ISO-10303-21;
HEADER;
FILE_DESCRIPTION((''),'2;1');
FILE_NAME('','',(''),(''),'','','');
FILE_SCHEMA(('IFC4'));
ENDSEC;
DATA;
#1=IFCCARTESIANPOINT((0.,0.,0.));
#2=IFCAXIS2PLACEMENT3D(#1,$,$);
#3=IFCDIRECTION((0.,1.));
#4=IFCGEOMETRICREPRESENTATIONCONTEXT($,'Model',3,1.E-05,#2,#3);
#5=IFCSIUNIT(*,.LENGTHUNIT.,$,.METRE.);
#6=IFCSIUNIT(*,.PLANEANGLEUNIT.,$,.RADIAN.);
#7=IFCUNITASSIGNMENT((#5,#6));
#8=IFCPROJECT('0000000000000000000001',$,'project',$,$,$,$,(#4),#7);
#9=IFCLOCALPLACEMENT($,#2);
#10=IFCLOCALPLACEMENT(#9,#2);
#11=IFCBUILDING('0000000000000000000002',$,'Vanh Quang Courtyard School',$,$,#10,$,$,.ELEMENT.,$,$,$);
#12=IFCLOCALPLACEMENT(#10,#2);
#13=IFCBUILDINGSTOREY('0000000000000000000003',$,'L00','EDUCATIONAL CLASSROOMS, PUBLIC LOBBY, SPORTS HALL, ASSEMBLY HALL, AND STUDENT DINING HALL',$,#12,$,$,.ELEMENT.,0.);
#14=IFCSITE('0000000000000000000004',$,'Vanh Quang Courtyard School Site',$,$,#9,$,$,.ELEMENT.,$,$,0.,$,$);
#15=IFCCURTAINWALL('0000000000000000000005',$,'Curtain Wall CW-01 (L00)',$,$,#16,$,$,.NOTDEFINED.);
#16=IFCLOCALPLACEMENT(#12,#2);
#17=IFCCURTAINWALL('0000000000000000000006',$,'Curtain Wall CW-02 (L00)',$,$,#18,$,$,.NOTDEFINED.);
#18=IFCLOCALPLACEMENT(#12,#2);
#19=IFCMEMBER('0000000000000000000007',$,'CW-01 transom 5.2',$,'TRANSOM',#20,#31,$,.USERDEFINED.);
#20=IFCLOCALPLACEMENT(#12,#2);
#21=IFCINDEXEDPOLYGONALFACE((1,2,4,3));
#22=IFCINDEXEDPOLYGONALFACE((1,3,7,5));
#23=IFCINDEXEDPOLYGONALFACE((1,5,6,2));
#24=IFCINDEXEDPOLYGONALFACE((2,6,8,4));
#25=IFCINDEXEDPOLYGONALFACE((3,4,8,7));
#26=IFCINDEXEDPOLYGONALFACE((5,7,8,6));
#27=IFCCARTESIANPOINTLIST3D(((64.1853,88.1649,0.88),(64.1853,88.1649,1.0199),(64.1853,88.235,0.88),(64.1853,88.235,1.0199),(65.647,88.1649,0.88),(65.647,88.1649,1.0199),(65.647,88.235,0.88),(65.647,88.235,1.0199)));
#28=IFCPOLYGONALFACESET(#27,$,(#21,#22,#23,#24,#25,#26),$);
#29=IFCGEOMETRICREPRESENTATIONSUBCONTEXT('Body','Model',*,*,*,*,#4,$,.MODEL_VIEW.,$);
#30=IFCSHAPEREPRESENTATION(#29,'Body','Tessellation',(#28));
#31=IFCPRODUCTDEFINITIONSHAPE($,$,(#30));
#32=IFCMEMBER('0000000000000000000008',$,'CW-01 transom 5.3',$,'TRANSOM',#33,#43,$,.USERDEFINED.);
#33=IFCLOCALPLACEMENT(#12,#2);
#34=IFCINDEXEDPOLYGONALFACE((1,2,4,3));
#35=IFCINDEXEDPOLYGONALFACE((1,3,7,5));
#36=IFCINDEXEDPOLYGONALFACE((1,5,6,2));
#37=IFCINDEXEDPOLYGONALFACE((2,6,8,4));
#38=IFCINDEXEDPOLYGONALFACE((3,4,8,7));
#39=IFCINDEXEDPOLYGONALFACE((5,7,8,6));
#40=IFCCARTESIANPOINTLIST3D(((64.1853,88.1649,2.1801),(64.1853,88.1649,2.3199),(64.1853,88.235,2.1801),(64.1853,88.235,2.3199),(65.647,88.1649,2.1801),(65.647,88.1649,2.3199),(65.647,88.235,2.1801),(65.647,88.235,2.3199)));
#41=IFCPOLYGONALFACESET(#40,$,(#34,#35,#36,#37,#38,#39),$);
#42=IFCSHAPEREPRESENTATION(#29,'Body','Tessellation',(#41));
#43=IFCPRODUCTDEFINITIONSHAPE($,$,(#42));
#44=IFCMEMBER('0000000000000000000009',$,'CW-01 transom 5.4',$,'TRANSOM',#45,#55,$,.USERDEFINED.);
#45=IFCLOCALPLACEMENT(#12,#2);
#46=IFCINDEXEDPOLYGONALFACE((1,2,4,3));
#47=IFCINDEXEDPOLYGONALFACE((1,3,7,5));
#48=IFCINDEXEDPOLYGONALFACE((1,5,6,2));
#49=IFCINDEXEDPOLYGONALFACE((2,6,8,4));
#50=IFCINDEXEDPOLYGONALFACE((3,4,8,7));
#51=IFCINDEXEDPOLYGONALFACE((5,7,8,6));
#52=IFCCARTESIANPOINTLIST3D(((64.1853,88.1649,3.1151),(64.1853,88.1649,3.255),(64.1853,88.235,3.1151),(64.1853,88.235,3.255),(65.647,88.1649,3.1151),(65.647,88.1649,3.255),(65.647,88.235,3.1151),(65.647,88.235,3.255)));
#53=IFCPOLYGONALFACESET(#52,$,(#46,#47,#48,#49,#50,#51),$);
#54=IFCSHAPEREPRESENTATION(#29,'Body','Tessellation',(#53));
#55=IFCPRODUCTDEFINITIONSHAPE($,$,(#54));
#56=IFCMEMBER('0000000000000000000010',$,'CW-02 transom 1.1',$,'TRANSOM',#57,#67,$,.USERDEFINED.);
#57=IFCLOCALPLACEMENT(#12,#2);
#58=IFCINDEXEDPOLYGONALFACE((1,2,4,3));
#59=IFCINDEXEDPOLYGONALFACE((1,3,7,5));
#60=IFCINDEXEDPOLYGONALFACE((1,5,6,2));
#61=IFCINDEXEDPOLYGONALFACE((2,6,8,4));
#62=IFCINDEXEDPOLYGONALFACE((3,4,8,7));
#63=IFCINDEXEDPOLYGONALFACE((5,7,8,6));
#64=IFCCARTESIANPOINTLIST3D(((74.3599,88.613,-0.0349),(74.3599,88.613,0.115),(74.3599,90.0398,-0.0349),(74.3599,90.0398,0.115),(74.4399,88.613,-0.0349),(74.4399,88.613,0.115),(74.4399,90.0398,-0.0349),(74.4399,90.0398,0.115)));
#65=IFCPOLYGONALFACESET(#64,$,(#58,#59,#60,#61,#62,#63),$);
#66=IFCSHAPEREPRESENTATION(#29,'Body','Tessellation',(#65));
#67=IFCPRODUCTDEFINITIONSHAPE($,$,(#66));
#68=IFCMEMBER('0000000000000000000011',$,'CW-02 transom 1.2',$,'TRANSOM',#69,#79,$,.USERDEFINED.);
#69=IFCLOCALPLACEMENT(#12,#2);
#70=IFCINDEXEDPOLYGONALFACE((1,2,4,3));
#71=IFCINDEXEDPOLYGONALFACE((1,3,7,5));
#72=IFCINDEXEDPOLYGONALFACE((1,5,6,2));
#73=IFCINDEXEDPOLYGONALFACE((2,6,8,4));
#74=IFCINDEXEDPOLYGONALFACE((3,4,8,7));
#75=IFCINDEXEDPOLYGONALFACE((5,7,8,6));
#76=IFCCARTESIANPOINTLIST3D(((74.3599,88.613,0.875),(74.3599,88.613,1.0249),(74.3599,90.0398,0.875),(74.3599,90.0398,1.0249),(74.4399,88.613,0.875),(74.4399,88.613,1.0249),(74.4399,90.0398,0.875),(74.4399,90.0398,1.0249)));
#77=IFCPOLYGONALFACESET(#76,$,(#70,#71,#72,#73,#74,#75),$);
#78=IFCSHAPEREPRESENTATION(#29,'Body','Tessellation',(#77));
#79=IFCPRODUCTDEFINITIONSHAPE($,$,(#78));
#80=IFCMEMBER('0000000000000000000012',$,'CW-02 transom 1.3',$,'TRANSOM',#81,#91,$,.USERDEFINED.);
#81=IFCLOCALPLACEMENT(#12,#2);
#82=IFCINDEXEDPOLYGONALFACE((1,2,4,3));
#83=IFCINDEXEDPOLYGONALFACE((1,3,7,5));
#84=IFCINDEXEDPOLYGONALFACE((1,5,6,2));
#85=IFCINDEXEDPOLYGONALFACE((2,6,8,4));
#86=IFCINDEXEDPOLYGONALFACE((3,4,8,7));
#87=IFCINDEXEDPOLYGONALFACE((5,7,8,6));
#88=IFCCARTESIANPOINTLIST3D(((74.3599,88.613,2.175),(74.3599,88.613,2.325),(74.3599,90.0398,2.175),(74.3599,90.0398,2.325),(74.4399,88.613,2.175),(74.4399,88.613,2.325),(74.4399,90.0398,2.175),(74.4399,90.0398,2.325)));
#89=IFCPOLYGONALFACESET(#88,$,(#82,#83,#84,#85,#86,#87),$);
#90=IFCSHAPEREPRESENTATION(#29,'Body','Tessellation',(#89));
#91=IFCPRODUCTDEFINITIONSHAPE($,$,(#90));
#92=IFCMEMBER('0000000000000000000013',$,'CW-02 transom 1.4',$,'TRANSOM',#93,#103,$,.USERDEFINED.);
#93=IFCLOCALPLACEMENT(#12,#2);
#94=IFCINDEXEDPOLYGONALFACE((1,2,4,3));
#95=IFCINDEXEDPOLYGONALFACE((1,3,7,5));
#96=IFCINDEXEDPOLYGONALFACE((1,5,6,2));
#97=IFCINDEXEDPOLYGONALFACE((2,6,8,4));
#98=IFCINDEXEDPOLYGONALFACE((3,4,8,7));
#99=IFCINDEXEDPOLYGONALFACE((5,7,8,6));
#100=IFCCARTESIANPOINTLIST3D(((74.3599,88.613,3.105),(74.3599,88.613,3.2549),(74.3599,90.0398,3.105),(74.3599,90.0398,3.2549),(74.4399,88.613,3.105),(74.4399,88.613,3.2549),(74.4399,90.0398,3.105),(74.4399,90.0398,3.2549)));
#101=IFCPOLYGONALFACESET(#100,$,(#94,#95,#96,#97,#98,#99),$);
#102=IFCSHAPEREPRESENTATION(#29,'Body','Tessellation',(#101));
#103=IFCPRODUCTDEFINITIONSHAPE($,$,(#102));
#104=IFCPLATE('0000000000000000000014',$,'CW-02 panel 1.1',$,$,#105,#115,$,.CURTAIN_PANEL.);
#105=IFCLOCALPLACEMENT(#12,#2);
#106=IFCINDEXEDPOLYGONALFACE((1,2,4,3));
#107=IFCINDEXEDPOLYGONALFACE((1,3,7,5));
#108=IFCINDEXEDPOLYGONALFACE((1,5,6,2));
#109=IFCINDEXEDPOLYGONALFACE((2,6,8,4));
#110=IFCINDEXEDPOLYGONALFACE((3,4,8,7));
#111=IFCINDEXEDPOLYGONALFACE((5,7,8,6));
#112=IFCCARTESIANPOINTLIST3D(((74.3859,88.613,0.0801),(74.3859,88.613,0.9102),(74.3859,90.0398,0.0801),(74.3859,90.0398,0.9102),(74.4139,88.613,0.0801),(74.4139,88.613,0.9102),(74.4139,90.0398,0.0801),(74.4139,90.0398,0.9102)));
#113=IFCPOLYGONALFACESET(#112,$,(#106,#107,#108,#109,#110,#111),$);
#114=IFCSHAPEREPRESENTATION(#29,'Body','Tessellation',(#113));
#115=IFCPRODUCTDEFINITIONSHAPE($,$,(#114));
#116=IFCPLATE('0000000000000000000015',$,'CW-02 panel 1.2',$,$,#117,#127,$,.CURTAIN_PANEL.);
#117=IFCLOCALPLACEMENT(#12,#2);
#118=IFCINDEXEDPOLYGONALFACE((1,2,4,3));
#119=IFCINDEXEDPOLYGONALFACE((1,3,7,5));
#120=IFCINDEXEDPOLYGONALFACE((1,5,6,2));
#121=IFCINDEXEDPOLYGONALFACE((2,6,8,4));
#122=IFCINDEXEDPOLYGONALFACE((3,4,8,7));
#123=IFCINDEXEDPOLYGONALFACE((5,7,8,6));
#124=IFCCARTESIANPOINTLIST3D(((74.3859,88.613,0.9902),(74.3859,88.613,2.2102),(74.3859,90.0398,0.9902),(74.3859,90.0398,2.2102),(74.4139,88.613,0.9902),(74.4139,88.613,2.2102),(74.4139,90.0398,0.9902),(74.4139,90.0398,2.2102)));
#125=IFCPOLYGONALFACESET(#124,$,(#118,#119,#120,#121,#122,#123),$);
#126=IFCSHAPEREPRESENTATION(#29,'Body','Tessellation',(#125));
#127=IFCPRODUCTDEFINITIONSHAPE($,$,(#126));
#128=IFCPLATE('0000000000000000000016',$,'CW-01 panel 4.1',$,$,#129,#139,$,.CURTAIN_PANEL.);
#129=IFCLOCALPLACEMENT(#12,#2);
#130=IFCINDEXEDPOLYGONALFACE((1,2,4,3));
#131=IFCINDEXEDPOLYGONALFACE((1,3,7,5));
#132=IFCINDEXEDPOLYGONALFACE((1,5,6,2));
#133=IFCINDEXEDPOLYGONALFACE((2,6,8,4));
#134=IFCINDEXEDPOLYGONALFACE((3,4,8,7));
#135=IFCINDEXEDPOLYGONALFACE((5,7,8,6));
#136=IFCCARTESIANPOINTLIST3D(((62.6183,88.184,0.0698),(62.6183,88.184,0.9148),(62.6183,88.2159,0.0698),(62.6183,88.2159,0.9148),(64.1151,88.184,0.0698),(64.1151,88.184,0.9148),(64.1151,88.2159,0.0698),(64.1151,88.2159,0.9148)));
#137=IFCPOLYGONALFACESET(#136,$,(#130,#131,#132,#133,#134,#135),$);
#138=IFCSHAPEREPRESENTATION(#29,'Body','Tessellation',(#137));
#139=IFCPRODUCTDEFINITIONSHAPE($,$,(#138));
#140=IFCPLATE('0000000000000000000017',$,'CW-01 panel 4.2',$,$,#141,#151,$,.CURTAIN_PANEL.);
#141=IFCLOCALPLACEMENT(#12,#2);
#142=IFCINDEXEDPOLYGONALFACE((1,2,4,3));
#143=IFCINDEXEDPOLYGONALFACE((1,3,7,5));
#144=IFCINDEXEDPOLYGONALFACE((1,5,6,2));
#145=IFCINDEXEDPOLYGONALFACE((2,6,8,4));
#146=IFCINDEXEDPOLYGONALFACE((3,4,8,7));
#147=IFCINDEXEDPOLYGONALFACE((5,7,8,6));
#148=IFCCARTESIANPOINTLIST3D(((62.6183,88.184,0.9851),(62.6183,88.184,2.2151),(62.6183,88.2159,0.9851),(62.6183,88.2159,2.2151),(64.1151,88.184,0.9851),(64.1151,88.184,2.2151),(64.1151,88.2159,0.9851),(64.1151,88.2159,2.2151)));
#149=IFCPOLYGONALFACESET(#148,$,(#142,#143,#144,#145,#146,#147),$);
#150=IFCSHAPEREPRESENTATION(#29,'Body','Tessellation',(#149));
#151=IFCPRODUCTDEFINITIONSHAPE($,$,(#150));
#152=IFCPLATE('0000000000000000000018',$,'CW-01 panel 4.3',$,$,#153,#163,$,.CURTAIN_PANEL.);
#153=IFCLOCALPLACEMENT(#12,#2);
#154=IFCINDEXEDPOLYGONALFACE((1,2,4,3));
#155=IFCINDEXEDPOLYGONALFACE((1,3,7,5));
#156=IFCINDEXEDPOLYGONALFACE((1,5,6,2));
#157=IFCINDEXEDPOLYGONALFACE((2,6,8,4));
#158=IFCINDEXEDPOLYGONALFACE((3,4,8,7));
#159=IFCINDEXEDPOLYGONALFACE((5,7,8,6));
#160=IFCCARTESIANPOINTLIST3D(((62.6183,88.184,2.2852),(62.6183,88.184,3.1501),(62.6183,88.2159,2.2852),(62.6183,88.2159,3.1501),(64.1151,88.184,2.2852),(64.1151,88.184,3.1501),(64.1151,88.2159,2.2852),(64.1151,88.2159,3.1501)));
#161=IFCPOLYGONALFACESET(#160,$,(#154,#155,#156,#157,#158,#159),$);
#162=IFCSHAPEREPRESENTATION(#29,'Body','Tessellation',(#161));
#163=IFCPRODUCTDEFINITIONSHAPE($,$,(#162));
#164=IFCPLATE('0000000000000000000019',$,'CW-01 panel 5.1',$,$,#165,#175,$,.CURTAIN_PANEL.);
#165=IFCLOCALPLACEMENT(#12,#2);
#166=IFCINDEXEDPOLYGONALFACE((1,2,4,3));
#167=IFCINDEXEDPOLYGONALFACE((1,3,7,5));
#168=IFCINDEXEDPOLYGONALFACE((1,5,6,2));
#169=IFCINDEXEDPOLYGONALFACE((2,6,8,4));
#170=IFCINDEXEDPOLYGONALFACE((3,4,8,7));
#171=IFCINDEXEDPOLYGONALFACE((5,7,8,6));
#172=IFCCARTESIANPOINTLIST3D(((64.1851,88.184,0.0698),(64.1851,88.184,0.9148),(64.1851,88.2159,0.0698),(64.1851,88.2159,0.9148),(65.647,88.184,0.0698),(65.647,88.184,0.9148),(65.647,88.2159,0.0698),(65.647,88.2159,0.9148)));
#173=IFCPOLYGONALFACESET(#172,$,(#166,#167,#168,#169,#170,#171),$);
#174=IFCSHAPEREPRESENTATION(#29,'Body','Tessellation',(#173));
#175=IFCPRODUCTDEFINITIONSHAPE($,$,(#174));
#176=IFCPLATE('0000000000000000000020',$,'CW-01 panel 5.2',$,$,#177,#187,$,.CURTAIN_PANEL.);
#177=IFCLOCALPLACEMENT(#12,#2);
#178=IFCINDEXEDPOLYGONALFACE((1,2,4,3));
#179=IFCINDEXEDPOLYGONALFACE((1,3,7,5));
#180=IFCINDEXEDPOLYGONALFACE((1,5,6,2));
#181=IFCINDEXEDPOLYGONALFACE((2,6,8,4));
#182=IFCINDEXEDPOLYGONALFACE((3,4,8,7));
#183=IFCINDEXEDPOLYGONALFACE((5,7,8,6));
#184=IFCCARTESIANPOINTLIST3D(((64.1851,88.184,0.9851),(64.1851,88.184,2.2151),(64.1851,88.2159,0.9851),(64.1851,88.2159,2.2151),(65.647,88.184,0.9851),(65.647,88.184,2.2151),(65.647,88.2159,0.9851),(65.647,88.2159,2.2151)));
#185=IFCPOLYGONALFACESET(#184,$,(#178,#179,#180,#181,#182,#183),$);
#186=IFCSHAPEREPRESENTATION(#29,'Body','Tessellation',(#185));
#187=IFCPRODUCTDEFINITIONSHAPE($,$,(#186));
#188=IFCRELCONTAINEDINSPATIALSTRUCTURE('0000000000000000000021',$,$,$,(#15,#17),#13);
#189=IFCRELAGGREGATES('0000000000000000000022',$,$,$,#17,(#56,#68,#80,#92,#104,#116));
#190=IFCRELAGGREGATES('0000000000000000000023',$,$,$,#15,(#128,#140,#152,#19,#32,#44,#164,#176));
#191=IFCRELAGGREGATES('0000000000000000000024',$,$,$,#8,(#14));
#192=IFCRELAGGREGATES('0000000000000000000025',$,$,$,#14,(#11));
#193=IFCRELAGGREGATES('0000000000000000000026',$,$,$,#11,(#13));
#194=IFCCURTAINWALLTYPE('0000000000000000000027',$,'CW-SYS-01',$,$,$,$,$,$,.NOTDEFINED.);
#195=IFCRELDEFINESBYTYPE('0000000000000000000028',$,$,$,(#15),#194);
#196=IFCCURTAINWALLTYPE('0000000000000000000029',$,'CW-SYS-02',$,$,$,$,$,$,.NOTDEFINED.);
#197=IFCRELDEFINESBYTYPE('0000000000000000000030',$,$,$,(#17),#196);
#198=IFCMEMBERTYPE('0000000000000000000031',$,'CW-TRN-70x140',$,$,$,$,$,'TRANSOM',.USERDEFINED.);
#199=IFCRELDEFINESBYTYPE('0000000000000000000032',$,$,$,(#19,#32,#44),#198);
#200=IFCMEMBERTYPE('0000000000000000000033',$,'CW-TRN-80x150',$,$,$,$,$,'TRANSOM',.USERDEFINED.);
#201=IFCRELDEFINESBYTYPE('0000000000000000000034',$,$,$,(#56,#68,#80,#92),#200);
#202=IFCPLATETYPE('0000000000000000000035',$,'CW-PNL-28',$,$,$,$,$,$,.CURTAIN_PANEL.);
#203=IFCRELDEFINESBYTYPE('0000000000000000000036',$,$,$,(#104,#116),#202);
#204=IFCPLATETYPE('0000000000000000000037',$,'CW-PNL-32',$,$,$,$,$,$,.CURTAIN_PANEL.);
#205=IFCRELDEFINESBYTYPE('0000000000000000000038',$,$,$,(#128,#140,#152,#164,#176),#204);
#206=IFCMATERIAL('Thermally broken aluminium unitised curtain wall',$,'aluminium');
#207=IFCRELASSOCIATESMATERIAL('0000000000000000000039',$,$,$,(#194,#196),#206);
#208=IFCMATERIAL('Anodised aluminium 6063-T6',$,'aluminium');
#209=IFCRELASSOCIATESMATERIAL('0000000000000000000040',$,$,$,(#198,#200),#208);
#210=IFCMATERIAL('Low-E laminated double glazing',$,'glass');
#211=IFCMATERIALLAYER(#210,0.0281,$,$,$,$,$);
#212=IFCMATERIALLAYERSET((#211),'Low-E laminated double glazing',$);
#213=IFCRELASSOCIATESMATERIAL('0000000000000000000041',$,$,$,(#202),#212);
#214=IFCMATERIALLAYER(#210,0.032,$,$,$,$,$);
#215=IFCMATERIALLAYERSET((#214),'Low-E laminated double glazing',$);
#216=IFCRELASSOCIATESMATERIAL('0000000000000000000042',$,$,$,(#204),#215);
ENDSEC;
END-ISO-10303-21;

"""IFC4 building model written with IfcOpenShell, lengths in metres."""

from ifc_helpers import new_model, si_unit, direction, frame, origin, origin_2d, place, context, subcontext, project, spatial, rectangle, extrude, material, layer, layer_set, material_profile, profile_set, type_object, element, aggregate, save


model = new_model("IFC4")

# Units and contexts
model_context = context("Model", 3, precision=1e-05, world=origin(), true_north=direction((0.0, 1.0)))
body_context = subcontext(model_context, "Body", "Model", "MODEL_VIEW")
ifc_project = project(units=[si_unit("LENGTHUNIT", "METRE"), si_unit("PLANEANGLEUNIT", "RADIAN")], contexts=[model_context])

# Site, building, storey
site_placement = place(None, origin())
site = spatial("IfcSite", under=ifc_project, at=site_placement, Name="Vanh Quang Courtyard School Site", CompositionType="ELEMENT", RefElevation=0.0)
building_placement = place(site_placement, origin())
building = spatial("IfcBuilding", under=site, at=building_placement, Name="Vanh Quang Courtyard School", CompositionType="ELEMENT")
storey_placement = place(building_placement, origin())
storey = spatial("IfcBuildingStorey", under=building, at=storey_placement, Name="L00", Description="EDUCATIONAL CLASSROOMS, PUBLIC LOBBY, SPORTS HALL, ASSEMBLY HALL, AND STUDENT DINING HALL", CompositionType="ELEMENT", Elevation=0.0)

# Curtain wall
ifc_material_1 = material(Name="Thermally broken aluminium unitised curtain wall", Category="aluminium")
curtain_wall_type_1 = type_object("IfcCurtainWallType", Name="CW-SYS-01", PredefinedType="NOTDEFINED", material=ifc_material_1)
curtain_wall_1_placement = place(storey_placement, origin())
curtain_wall_1 = element("IfcCurtainWall", 1, at=curtain_wall_1_placement, inside=storey, type_object=curtain_wall_type_1, Name="Curtain Wall CW-01 (L00)", PredefinedType="NOTDEFINED")
ifc_material_2 = material(Name="Anodised aluminium 6063-T6", Category="aluminium")

# Curtain wall
curtain_wall_type_2 = type_object("IfcCurtainWallType", Name="CW-SYS-02", PredefinedType="NOTDEFINED", material=ifc_material_1)
curtain_wall_2_placement = place(storey_placement, origin())
curtain_wall_2 = element("IfcCurtainWall", 2, at=curtain_wall_2_placement, inside=storey, type_object=curtain_wall_type_2, Name="Curtain Wall CW-02 (L00)", PredefinedType="NOTDEFINED")

# Members
ifc_material_profile_1 = material_profile(ifc_material_2, rectangle(XDim=0.0701, YDim=0.1399, at=origin_2d()), Name="ALU-TRN 70x140")
ifc_profile_set_1 = profile_set([ifc_material_profile_1], Name="Anodised aluminium 6063-T6")
member_type_1 = type_object("IfcMemberType", Name="CW-TRN-70x140", ElementType="TRANSOM", PredefinedType="USERDEFINED", material=ifc_profile_set_1)
member_1_placement = place(storey_placement, frame((64.1853, 88.2, 0.95), z_axis=(1.0, 0.0, 0.0), x_axis=(0.0, 1.0, 0.0)))
member_1 = element("IfcMember", 3, at=member_1_placement, type_object=member_type_1, Name="CW-01 transom 5.2", ObjectType="TRANSOM", PredefinedType="USERDEFINED", context=body_context, shape_type="SweptSolid", body=[
    extrude(rectangle(XDim=0.0701, YDim=0.1399, at=origin_2d()), origin(), (0.0, 0.0, 1.0), 1.4617),
])
member_2_placement = place(storey_placement, frame((64.1853, 88.2, 2.25), z_axis=(1.0, 0.0, 0.0), x_axis=(0.0, 1.0, 0.0)))
member_2 = element("IfcMember", 4, at=member_2_placement, type_object=member_type_1, Name="CW-01 transom 5.3", ObjectType="TRANSOM", PredefinedType="USERDEFINED", context=body_context, shape_type="SweptSolid", body=[
    extrude(rectangle(XDim=0.0701, YDim=0.1399, at=origin_2d()), origin(), (0.0, 0.0, 1.0), 1.4617),
])
member_3_placement = place(storey_placement, frame((64.1853, 88.2, 3.1851), z_axis=(1.0, 0.0, 0.0), x_axis=(0.0, 1.0, 0.0)))
member_3 = element("IfcMember", 5, at=member_3_placement, type_object=member_type_1, Name="CW-01 transom 5.4", ObjectType="TRANSOM", PredefinedType="USERDEFINED", context=body_context, shape_type="SweptSolid", body=[
    extrude(rectangle(XDim=0.0701, YDim=0.1399, at=origin_2d()), origin(), (0.0, 0.0, 1.0), 1.4617),
])
ifc_material_profile_2 = material_profile(ifc_material_2, rectangle(XDim=0.0801, YDim=0.1499, at=origin_2d()), Name="ALU-TRN 80x150")
ifc_profile_set_2 = profile_set([ifc_material_profile_2], Name="Anodised aluminium 6063-T6")
member_type_2 = type_object("IfcMemberType", Name="CW-TRN-80x150", ElementType="TRANSOM", PredefinedType="USERDEFINED", material=ifc_profile_set_2)
member_4_placement = place(storey_placement, frame((74.3999, 88.613, 0.04), z_axis=(0.0, 1.0, 0.0), x_axis=(-1.0, 0.0, 0.0)))
member_4 = element("IfcMember", 6, at=member_4_placement, type_object=member_type_2, Name="CW-02 transom 1.1", ObjectType="TRANSOM", PredefinedType="USERDEFINED", context=body_context, shape_type="SweptSolid", body=[
    extrude(rectangle(XDim=0.0801, YDim=0.1499, at=origin_2d()), origin(), (0.0, 0.0, 1.0), 1.4268),
])
member_5_placement = place(storey_placement, frame((74.3999, 88.613, 0.95), z_axis=(0.0, 1.0, 0.0), x_axis=(-1.0, 0.0, 0.0)))
member_5 = element("IfcMember", 7, at=member_5_placement, type_object=member_type_2, Name="CW-02 transom 1.2", ObjectType="TRANSOM", PredefinedType="USERDEFINED", context=body_context, shape_type="SweptSolid", body=[
    extrude(rectangle(XDim=0.0801, YDim=0.1499, at=origin_2d()), origin(), (0.0, 0.0, 1.0), 1.4268),
])
member_6_placement = place(storey_placement, frame((74.3999, 88.613, 2.25), z_axis=(0.0, 1.0, 0.0), x_axis=(-1.0, 0.0, 0.0)))
member_6 = element("IfcMember", 8, at=member_6_placement, type_object=member_type_2, Name="CW-02 transom 1.3", ObjectType="TRANSOM", PredefinedType="USERDEFINED", context=body_context, shape_type="SweptSolid", body=[
    extrude(rectangle(XDim=0.0801, YDim=0.1499, at=origin_2d()), origin(), (0.0, 0.0, 1.0), 1.4268),
])
member_7_placement = place(storey_placement, frame((74.3999, 88.613, 3.1799), z_axis=(0.0, 1.0, 0.0), x_axis=(-1.0, 0.0, 0.0)))
member_7 = element("IfcMember", 9, at=member_7_placement, type_object=member_type_2, Name="CW-02 transom 1.4", ObjectType="TRANSOM", PredefinedType="USERDEFINED", context=body_context, shape_type="SweptSolid", body=[
    extrude(rectangle(XDim=0.0801, YDim=0.1499, at=origin_2d()), origin(), (0.0, 0.0, 1.0), 1.4268),
])

# Plates
ifc_material_3 = material(Name="Low-E laminated double glazing", Category="glass")
ifc_layer_1 = layer(ifc_material_3, 0.0281)
ifc_layer_set_1 = layer_set([ifc_layer_1], Name="Low-E laminated double glazing")
plate_type_1 = type_object("IfcPlateType", Name="CW-PNL-28", PredefinedType="CURTAIN_PANEL", material=ifc_layer_set_1)
plate_1_placement = place(storey_placement, frame((74.3999, 89.3264, 0.0801), z_axis=(0.0, 0.0, 1.0), x_axis=(0.0, 1.0, 0.0)))
plate_1 = element("IfcPlate", 10, at=plate_1_placement, type_object=plate_type_1, Name="CW-02 panel 1.1", PredefinedType="CURTAIN_PANEL", context=body_context, shape_type="SweptSolid", body=[
    extrude(rectangle(XDim=1.4268, YDim=0.0281, at=origin_2d()), origin(), (0.0, 0.0, 1.0), 0.8301),
])
plate_2_placement = place(storey_placement, frame((74.3999, 89.3264, 0.9902), z_axis=(0.0, 0.0, 1.0), x_axis=(0.0, 1.0, 0.0)))
plate_2 = element("IfcPlate", 11, at=plate_2_placement, type_object=plate_type_1, Name="CW-02 panel 1.2", PredefinedType="CURTAIN_PANEL", context=body_context, shape_type="SweptSolid", body=[
    extrude(rectangle(XDim=1.4268, YDim=0.0281, at=origin_2d()), origin(), (0.0, 0.0, 1.0), 1.22),
])
aggregate(curtain_wall_2, [member_4, member_5, member_6, member_7, plate_1, plate_2])
ifc_layer_2 = layer(ifc_material_3, 0.032)
ifc_layer_set_2 = layer_set([ifc_layer_2], Name="Low-E laminated double glazing")
plate_type_2 = type_object("IfcPlateType", Name="CW-PNL-32", PredefinedType="CURTAIN_PANEL", material=ifc_layer_set_2)
plate_3_placement = place(storey_placement, frame((63.3667, 88.2, 0.0698), z_axis=(0.0, 0.0, 1.0), x_axis=(1.0, 0.0, 0.0)))
plate_3 = element("IfcPlate", 12, at=plate_3_placement, type_object=plate_type_2, Name="CW-01 panel 4.1", PredefinedType="CURTAIN_PANEL", context=body_context, shape_type="SweptSolid", body=[
    extrude(rectangle(XDim=1.4968, YDim=0.032, at=origin_2d()), origin(), (0.0, 0.0, 1.0), 0.845),
])
plate_4_placement = place(storey_placement, frame((63.3667, 88.2, 0.9851), z_axis=(0.0, 0.0, 1.0), x_axis=(1.0, 0.0, 0.0)))
plate_4 = element("IfcPlate", 13, at=plate_4_placement, type_object=plate_type_2, Name="CW-01 panel 4.2", PredefinedType="CURTAIN_PANEL", context=body_context, shape_type="SweptSolid", body=[
    extrude(rectangle(XDim=1.4968, YDim=0.032, at=origin_2d()), origin(), (0.0, 0.0, 1.0), 1.23),
])
plate_5_placement = place(storey_placement, frame((63.3667, 88.2, 2.2852), z_axis=(0.0, 0.0, 1.0), x_axis=(1.0, 0.0, 0.0)))
plate_5 = element("IfcPlate", 14, at=plate_5_placement, type_object=plate_type_2, Name="CW-01 panel 4.3", PredefinedType="CURTAIN_PANEL", context=body_context, shape_type="SweptSolid", body=[
    extrude(rectangle(XDim=1.4968, YDim=0.032, at=origin_2d()), origin(), (0.0, 0.0, 1.0), 0.865),
])
plate_6_placement = place(storey_placement, frame((64.916, 88.2, 0.0698), z_axis=(0.0, 0.0, 1.0), x_axis=(1.0, 0.0, 0.0)))
plate_6 = element("IfcPlate", 15, at=plate_6_placement, type_object=plate_type_2, Name="CW-01 panel 5.1", PredefinedType="CURTAIN_PANEL", context=body_context, shape_type="SweptSolid", body=[
    extrude(rectangle(XDim=1.4619, YDim=0.032, at=origin_2d()), origin(), (0.0, 0.0, 1.0), 0.845),
])
plate_7_placement = place(storey_placement, frame((64.916, 88.2, 0.9851), z_axis=(0.0, 0.0, 1.0), x_axis=(1.0, 0.0, 0.0)))
plate_7 = element("IfcPlate", 16, at=plate_7_placement, type_object=plate_type_2, Name="CW-01 panel 5.2", PredefinedType="CURTAIN_PANEL", context=body_context, shape_type="SweptSolid", body=[
    extrude(rectangle(XDim=1.4619, YDim=0.032, at=origin_2d()), origin(), (0.0, 0.0, 1.0), 1.23),
])
aggregate(curtain_wall_1, [plate_3, plate_4, plate_5, member_1, member_2, member_3, plate_6, plate_7])

save(model, "model.ifc")
